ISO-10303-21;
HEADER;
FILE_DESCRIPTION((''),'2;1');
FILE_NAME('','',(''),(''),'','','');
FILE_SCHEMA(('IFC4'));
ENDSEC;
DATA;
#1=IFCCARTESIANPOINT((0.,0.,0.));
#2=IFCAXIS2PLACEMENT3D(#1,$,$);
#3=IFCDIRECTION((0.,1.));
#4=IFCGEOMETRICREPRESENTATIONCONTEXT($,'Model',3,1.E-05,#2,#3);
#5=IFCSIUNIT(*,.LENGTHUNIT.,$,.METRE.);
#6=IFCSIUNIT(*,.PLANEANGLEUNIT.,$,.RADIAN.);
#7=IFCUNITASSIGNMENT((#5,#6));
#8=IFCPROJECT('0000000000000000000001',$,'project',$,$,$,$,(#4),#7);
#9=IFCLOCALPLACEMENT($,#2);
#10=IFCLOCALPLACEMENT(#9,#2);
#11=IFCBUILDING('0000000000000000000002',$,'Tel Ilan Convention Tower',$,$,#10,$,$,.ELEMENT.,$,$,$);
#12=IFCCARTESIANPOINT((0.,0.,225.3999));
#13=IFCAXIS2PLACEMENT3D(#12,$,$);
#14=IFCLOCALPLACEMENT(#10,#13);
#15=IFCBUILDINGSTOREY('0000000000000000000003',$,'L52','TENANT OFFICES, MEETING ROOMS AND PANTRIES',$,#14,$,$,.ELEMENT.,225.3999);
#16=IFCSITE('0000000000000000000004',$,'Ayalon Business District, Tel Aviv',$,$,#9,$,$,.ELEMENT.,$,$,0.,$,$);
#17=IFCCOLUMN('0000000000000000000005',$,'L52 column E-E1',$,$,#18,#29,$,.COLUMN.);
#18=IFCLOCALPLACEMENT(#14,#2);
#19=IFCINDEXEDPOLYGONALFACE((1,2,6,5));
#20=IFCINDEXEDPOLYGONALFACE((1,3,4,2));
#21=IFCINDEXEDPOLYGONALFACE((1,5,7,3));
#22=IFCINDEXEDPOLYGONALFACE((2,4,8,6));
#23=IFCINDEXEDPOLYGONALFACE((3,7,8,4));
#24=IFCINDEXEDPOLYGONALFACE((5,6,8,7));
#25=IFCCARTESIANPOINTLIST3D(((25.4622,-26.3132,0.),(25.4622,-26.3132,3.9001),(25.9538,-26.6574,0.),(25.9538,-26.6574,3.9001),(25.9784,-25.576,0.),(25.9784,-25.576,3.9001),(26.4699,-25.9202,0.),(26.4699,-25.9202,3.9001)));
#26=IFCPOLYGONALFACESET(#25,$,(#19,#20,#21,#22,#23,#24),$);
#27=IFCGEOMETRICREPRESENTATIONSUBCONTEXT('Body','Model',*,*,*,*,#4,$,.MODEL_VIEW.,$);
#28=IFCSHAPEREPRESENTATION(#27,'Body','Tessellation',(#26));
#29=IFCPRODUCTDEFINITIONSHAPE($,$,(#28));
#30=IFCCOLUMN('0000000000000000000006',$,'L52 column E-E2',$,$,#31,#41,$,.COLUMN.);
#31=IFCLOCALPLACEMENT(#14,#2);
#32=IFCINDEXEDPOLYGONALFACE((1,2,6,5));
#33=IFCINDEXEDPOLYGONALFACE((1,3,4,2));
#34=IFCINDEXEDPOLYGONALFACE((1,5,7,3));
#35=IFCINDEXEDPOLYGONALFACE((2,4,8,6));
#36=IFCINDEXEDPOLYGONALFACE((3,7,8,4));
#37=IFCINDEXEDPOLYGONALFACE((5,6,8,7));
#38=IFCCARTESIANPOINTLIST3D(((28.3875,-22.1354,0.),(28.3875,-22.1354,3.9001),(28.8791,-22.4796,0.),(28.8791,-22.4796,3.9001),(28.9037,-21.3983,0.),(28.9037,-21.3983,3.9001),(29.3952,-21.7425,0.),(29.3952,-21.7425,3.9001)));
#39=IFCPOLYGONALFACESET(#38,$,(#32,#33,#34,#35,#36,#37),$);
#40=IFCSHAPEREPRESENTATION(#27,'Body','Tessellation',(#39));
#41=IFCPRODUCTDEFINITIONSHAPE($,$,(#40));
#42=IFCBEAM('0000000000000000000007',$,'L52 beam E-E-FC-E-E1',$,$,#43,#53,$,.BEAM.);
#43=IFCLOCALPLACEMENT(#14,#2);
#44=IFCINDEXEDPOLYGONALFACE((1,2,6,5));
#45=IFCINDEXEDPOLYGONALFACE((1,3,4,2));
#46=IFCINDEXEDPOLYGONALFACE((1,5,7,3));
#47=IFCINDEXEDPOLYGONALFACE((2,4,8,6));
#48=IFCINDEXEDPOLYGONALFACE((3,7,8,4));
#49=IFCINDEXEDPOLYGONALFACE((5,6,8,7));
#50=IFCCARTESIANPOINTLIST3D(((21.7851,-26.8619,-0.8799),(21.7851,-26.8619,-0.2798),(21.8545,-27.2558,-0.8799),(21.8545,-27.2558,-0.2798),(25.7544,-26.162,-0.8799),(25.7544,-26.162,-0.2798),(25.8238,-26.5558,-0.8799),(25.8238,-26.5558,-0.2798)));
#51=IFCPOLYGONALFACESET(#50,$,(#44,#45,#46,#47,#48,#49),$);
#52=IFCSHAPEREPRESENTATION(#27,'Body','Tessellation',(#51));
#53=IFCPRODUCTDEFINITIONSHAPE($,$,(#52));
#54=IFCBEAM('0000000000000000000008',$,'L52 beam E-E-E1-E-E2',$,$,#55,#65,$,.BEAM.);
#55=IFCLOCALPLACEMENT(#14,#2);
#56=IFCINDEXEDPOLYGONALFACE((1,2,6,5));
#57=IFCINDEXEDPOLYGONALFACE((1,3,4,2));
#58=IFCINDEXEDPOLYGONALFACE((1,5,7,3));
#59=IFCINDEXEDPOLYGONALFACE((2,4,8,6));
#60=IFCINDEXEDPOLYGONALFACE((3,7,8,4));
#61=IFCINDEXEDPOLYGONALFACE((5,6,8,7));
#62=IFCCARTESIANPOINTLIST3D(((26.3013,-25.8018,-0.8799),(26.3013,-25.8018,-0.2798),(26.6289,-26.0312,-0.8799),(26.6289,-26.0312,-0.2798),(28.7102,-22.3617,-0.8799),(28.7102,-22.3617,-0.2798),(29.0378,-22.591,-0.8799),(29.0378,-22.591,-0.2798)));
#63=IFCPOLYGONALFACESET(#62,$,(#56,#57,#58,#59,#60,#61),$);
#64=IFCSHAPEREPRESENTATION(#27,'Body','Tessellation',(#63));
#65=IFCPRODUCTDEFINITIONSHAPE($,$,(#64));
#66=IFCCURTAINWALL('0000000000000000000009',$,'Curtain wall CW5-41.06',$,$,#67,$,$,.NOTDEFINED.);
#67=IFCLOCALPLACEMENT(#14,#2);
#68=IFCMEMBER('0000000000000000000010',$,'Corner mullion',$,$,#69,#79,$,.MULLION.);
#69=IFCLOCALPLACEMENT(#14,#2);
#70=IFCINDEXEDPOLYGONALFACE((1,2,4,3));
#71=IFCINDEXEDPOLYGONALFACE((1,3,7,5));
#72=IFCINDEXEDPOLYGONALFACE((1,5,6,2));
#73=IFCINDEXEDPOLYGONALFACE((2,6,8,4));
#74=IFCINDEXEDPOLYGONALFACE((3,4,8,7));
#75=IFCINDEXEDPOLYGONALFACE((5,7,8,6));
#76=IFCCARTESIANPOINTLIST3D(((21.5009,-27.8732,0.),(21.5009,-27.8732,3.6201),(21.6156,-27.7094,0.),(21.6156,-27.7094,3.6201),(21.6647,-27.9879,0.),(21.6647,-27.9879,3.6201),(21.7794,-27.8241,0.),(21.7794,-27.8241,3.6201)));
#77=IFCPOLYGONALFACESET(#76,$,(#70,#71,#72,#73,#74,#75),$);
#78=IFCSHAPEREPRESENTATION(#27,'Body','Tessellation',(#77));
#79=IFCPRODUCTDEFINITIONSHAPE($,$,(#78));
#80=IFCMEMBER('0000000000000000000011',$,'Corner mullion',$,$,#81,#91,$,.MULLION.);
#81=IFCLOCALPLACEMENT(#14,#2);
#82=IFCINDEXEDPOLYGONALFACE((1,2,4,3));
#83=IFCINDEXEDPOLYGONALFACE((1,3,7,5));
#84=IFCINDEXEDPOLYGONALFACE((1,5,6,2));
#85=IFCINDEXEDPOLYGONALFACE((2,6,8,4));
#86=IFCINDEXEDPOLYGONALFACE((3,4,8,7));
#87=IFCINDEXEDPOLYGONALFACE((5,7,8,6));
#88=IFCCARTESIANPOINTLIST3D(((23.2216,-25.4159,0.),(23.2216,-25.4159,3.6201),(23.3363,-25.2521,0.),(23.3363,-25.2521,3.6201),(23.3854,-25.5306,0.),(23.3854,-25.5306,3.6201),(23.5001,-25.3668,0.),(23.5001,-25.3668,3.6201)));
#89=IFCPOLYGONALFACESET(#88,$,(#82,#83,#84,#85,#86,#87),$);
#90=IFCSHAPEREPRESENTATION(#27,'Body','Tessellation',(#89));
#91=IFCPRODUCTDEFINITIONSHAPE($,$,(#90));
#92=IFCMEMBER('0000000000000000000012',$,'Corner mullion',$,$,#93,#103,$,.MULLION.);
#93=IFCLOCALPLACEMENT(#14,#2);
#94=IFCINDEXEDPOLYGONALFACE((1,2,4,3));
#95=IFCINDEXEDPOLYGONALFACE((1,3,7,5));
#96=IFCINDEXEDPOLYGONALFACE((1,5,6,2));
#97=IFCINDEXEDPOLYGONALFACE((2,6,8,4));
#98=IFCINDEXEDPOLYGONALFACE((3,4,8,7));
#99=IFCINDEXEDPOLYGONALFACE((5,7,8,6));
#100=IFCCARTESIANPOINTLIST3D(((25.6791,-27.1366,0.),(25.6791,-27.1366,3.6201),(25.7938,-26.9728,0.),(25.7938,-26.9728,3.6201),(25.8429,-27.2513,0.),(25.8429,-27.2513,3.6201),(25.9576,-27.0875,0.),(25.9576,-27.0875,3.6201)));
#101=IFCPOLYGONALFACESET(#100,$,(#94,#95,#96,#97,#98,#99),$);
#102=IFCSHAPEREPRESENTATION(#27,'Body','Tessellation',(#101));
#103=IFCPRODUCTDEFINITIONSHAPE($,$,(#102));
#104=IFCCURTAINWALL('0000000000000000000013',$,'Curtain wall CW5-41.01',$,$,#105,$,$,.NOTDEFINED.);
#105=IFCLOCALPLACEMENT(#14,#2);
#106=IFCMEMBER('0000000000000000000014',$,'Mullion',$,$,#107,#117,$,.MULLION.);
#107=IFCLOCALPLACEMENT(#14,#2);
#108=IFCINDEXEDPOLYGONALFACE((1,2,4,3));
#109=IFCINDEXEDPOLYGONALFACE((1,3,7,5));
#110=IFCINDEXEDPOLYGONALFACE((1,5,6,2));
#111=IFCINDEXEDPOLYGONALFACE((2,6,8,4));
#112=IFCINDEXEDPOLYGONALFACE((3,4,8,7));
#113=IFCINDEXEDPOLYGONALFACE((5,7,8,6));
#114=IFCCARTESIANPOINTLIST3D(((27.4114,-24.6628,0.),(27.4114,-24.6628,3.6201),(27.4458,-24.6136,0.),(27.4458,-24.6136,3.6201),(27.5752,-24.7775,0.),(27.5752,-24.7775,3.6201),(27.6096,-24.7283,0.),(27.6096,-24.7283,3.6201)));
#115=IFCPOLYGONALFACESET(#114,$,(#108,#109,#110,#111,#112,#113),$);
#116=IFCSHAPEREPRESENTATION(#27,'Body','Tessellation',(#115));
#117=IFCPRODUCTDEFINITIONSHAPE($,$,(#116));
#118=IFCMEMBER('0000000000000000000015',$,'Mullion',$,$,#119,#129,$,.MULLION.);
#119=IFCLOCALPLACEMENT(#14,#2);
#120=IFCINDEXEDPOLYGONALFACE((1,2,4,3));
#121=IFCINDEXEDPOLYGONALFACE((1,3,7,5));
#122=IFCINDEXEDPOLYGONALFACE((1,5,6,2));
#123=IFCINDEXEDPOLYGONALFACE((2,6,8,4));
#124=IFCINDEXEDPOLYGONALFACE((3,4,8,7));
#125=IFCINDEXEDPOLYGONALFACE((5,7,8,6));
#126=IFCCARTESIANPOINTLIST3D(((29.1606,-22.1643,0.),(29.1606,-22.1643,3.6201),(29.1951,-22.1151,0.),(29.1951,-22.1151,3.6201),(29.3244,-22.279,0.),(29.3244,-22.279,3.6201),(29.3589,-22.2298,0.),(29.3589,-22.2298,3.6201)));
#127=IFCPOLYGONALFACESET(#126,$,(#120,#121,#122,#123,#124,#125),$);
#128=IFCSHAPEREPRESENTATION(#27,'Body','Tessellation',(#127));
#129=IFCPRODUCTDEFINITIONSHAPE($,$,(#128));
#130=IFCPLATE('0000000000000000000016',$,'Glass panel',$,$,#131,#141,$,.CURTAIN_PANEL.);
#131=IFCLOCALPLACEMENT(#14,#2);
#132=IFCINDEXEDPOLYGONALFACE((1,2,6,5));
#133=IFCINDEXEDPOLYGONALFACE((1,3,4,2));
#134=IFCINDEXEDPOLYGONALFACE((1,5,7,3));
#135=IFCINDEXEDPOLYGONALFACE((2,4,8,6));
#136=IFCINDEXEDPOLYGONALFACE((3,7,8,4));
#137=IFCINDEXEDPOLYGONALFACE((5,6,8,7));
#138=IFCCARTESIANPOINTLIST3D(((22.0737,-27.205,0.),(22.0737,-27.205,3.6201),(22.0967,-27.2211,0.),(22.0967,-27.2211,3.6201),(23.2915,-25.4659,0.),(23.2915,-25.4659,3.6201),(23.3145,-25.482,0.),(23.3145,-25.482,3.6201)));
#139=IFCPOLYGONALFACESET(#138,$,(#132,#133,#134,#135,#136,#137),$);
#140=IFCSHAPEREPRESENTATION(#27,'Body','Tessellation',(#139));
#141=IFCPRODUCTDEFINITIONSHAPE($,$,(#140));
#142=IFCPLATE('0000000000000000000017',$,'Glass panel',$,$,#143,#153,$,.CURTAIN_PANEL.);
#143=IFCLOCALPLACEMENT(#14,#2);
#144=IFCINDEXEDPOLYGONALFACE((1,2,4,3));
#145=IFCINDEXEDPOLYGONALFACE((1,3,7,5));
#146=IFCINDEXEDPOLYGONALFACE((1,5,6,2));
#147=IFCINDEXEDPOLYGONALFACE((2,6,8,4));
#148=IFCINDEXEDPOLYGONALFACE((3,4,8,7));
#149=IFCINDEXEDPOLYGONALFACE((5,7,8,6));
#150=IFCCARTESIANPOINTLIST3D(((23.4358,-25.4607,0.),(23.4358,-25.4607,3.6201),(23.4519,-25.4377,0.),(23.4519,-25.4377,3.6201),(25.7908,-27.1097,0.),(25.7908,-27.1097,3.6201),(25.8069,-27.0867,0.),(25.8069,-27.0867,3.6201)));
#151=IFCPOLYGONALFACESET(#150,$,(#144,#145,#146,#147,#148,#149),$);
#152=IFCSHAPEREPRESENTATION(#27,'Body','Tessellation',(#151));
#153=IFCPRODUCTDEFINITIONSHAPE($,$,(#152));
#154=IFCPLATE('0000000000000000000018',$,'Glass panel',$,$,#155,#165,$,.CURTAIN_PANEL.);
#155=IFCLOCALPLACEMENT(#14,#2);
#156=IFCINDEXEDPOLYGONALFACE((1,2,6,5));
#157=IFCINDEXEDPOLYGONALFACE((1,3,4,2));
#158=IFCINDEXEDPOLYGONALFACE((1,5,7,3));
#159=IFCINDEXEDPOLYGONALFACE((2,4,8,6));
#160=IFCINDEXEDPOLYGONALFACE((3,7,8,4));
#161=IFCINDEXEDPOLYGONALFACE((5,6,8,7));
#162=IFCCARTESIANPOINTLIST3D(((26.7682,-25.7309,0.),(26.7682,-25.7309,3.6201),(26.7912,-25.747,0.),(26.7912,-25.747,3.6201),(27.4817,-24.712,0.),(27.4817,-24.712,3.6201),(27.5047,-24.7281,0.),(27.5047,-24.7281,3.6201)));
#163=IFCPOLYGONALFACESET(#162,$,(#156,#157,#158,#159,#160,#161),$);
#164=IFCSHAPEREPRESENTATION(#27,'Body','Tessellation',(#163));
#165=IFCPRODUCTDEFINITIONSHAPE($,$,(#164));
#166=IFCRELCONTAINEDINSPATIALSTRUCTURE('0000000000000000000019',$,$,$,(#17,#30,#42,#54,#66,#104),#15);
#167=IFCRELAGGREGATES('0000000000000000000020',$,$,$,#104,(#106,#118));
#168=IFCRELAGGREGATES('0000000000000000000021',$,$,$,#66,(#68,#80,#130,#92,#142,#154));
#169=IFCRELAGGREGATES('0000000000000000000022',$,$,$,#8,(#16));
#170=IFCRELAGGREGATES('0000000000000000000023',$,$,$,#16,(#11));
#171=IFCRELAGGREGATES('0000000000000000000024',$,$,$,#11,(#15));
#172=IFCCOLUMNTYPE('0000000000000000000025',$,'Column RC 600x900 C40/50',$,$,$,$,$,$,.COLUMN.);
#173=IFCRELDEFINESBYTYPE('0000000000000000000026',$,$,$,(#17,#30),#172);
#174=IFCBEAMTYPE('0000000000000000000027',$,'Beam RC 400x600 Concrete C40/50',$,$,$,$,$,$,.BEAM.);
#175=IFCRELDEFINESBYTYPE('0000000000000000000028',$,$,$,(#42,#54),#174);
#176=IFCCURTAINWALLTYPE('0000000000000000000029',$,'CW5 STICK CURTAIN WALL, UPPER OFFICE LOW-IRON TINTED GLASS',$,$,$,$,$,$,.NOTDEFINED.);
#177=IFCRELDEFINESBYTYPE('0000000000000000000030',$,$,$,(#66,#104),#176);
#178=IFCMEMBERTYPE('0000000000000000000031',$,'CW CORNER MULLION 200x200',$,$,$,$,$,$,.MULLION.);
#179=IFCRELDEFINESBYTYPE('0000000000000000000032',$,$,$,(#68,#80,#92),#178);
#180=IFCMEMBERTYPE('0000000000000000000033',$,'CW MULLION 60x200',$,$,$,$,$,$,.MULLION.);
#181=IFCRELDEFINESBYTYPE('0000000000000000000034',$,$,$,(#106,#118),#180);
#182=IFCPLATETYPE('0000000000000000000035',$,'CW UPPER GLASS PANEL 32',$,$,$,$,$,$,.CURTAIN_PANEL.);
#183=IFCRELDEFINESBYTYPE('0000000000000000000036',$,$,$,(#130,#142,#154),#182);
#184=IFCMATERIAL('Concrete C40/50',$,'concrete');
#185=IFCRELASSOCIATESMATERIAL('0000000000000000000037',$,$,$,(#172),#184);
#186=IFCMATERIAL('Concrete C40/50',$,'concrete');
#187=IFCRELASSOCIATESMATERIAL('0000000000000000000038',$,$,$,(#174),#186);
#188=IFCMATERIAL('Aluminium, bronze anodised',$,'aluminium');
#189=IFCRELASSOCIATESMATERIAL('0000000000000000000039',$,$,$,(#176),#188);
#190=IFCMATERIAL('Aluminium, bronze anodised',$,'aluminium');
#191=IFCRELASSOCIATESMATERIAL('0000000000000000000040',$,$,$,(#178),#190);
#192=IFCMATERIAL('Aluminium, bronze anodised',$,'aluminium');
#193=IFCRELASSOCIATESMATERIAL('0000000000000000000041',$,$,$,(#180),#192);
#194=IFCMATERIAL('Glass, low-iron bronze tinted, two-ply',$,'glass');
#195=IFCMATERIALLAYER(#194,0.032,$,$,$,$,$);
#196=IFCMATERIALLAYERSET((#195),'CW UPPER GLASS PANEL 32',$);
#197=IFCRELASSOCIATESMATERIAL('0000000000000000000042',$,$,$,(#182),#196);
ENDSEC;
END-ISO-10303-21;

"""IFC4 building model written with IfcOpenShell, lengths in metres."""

from ifc_helpers import new_model, si_unit, direction, frame, origin, origin_2d, place, context, subcontext, project, spatial, rectangle, extrude, material, layer, layer_set, material_profile, profile_set, type_object, element, aggregate, save


model = new_model("IFC4")

# Units and contexts
model_context = context("Model", 3, precision=1e-05, world=origin(), true_north=direction((0.0, 1.0)))
body_context = subcontext(model_context, "Body", "Model", "MODEL_VIEW")
ifc_project = project(units=[si_unit("LENGTHUNIT", "METRE"), si_unit("PLANEANGLEUNIT", "RADIAN")], contexts=[model_context])

# Site, building, storey
site_placement = place(None, origin())
site = spatial("IfcSite", under=ifc_project, at=site_placement, Name="Ayalon Business District, Tel Aviv", CompositionType="ELEMENT", RefElevation=0.0)
building_placement = place(site_placement, origin())
building = spatial("IfcBuilding", under=site, at=building_placement, Name="Tel Ilan Convention Tower", CompositionType="ELEMENT")
storey_placement = place(building_placement, frame((0.0, 0.0, 225.3999)))
storey = spatial("IfcBuildingStorey", under=building, at=storey_placement, Name="L52", Description="TENANT OFFICES, MEETING ROOMS AND PANTRIES", CompositionType="ELEMENT", Elevation=225.3999)

# Columns
ifc_material_1 = material(Name="Concrete C40/50", Category="concrete")
ifc_material_profile_1 = material_profile(ifc_material_1, rectangle(XDim=0.8999, YDim=0.6001, at=origin_2d()), Name="RC 600x900")
ifc_profile_set_1 = profile_set([ifc_material_profile_1], Name="Concrete C40/50")
column_type = type_object("IfcColumnType", Name="Column RC 600x900 C40/50", PredefinedType="COLUMN", material=ifc_profile_set_1)
for number, where, z_axis, x_axis, name in (
    (1, (25.9661, -26.1167, 0.0), (0.0, 0.0, 1.0), (0.573576, 0.819152, 0.0), "L52 column E-E1"),
    (2, (28.8914, -21.939, 0.0), (0.0, 0.0, 1.0), (0.573576, 0.819152, 0.0), "L52 column E-E2"),
):
    element("IfcColumn", number, at=place(storey_placement, frame(where, z_axis=z_axis, x_axis=x_axis)), inside=storey, type_object=column_type, Name=name, PredefinedType="COLUMN", context=body_context, shape_type="SweptSolid", body=[
        extrude(rectangle(XDim=0.8999, YDim=0.6001, at=origin_2d()), origin(), (0.0, 0.0, 1.0), 3.9001),
    ])

# Beams
ifc_material_2 = material(Name="Concrete C40/50", Category="concrete")
ifc_material_profile_2 = material_profile(ifc_material_2, rectangle(XDim=0.3999, YDim=0.6001, at=origin_2d()), Name="RC 400x600")
ifc_profile_set_2 = profile_set([ifc_material_profile_2], Name="Concrete C40/50")
beam_type = type_object("IfcBeamType", Name="Beam RC 400x600 Concrete C40/50", PredefinedType="BEAM", material=ifc_profile_set_2)
beam_1_placement = place(storey_placement, frame((21.8198, -27.0588, -0.5798), z_axis=(0.984805, 0.173664, 0.0), x_axis=(-0.173664, 0.984805, 0.0)))
element("IfcBeam", 3, at=beam_1_placement, inside=storey, type_object=beam_type, Name="L52 beam E-E-FC-E-E1", PredefinedType="BEAM", context=body_context, shape_type="SweptSolid", body=[
    extrude(rectangle(XDim=0.3999, YDim=0.6001, at=origin_2d()), origin(), (0.0, 0.0, 1.0), 4.0305),
])
beam_2_placement = place(storey_placement, frame((26.4651, -25.9165, -0.5798), z_axis=(0.573591, 0.819142, 0.0), x_axis=(-0.819142, 0.573591, 0.0)))
element("IfcBeam", 4, at=beam_2_placement, inside=storey, type_object=beam_type, Name="L52 beam E-E-E1-E-E2", PredefinedType="BEAM", context=body_context, shape_type="SweptSolid", body=[
    extrude(rectangle(XDim=0.3999, YDim=0.6001, at=origin_2d()), origin(), (0.0, 0.0, 1.0), 4.1997),
])

# Curtain walls, members
ifc_material_3 = material(Name="Aluminium, bronze anodised", Category="aluminium")
curtain_wall_type = type_object("IfcCurtainWallType", Name="CW5 STICK CURTAIN WALL, UPPER OFFICE LOW-IRON TINTED GLASS", PredefinedType="NOTDEFINED", material=ifc_material_3)
curtain_wall_1_placement = place(storey_placement, origin())
curtain_wall_1 = element("IfcCurtainWall", 5, at=curtain_wall_1_placement, inside=storey, type_object=curtain_wall_type, Name="Curtain wall CW5-41.06", PredefinedType="NOTDEFINED")
ifc_material_4 = material(Name="Aluminium, bronze anodised", Category="aluminium")
ifc_material_profile_3 = material_profile(ifc_material_4, rectangle(XDim=0.2, YDim=0.2, at=origin_2d()), Name="CW CORNER MULLION 200x200")
ifc_profile_set_3 = profile_set([ifc_material_profile_3], Name="Aluminium, bronze anodised")
member_type_1 = type_object("IfcMemberType", Name="CW CORNER MULLION 200x200", PredefinedType="MULLION", material=ifc_profile_set_3)
member_1_placement = place(storey_placement, frame((21.6401, -27.8486, 0.0), z_axis=(0.0, 0.0, 1.0), x_axis=(0.819152, -0.573576, 0.0)))
member_1 = element("IfcMember", 6, at=member_1_placement, type_object=member_type_1, Name="Corner mullion", PredefinedType="MULLION", context=body_context, shape_type="SweptSolid", body=[
    extrude(rectangle(XDim=0.2, YDim=0.2, at=origin_2d()), origin(), (0.0, 0.0, 1.0), 3.6201),
])
member_2_placement = place(storey_placement, frame((23.3608, -25.3914, 0.0), z_axis=(0.0, 0.0, 1.0), x_axis=(0.573576, 0.819152, 0.0)))
member_2 = element("IfcMember", 7, at=member_2_placement, type_object=member_type_1, Name="Corner mullion", PredefinedType="MULLION", context=body_context, shape_type="SweptSolid", body=[
    extrude(rectangle(XDim=0.2, YDim=0.2, at=origin_2d()), origin(), (0.0, 0.0, 1.0), 3.6201),
])
member_3_placement = place(storey_placement, frame((25.8184, -27.1121, 0.0), z_axis=(0.0, 0.0, 1.0), x_axis=(0.819152, -0.573576, 0.0)))
member_3 = element("IfcMember", 8, at=member_3_placement, type_object=member_type_1, Name="Corner mullion", PredefinedType="MULLION", context=body_context, shape_type="SweptSolid", body=[
    extrude(rectangle(XDim=0.2, YDim=0.2, at=origin_2d()), origin(), (0.0, 0.0, 1.0), 3.6201),
])
curtain_wall_2_placement = place(storey_placement, origin())
curtain_wall_2 = element("IfcCurtainWall", 9, at=curtain_wall_2_placement, inside=storey, type_object=curtain_wall_type, Name="Curtain wall CW5-41.01", PredefinedType="NOTDEFINED")
ifc_material_5 = material(Name="Aluminium, bronze anodised", Category="aluminium")
ifc_material_profile_4 = material_profile(ifc_material_5, rectangle(XDim=0.0601, YDim=0.2, at=origin_2d()), Name="CW MULLION 60x200")
ifc_profile_set_4 = profile_set([ifc_material_profile_4], Name="Aluminium, bronze anodised")
member_type_2 = type_object("IfcMemberType", Name="CW MULLION 60x200", PredefinedType="MULLION", material=ifc_profile_set_4)
member_4_placement = place(storey_placement, frame((27.5105, -24.6956, 0.0), z_axis=(0.0, 0.0, 1.0), x_axis=(0.573576, 0.819152, 0.0)))
member_4 = element("IfcMember", 10, at=member_4_placement, type_object=member_type_2, Name="Mullion", PredefinedType="MULLION", context=body_context, shape_type="SweptSolid", body=[
    extrude(rectangle(XDim=0.0601, YDim=0.2, at=origin_2d()), origin(), (0.0, 0.0, 1.0), 3.6201),
])
member_5_placement = place(storey_placement, frame((29.2598, -22.197, 0.0), z_axis=(0.0, 0.0, 1.0), x_axis=(0.573576, 0.819152, 0.0)))
member_5 = element("IfcMember", 11, at=member_5_placement, type_object=member_type_2, Name="Mullion", PredefinedType="MULLION", context=body_context, shape_type="SweptSolid", body=[
    extrude(rectangle(XDim=0.0601, YDim=0.2, at=origin_2d()), origin(), (0.0, 0.0, 1.0), 3.6201),
])
aggregate(curtain_wall_2, [member_4, member_5])

# Plates
ifc_material_6 = material(Name="Glass, low-iron bronze tinted, two-ply", Category="glass")
ifc_layer_1 = layer(ifc_material_6, 0.032)
ifc_layer_set_1 = layer_set([ifc_layer_1], Name="CW UPPER GLASS PANEL 32")
plate_type = type_object("IfcPlateType", Name="CW UPPER GLASS PANEL 32", PredefinedType="CURTAIN_PANEL", material=ifc_layer_set_1)
plate_1_placement = place(storey_placement, frame((22.6941, -26.3435, 0.0), z_axis=(0.0, 0.0, 1.0), x_axis=(0.573576, 0.819152, 0.0)))
plate_1 = element("IfcPlate", 12, at=plate_1_placement, type_object=plate_type, Name="Glass panel", PredefinedType="CURTAIN_PANEL", context=body_context, shape_type="SweptSolid", body=[
    extrude(rectangle(XDim=2.123, YDim=0.0281, at=origin_2d()), origin(), (0.0, 0.0, 1.0), 3.6201),
])
plate_2_placement = place(storey_placement, frame((24.6213, -26.2737, 0.0), z_axis=(0.0, 0.0, 1.0), x_axis=(0.819152, -0.573576, 0.0)))
plate_2 = element("IfcPlate", 13, at=plate_2_placement, type_object=plate_type, Name="Glass panel", PredefinedType="CURTAIN_PANEL", context=body_context, shape_type="SweptSolid", body=[
    extrude(rectangle(XDim=2.875, YDim=0.0281, at=origin_2d()), origin(), (0.0, 0.0, 1.0), 3.6201),
])
plate_3_placement = place(storey_placement, frame((27.1365, -25.2295, 0.0), z_axis=(0.0, 0.0, 1.0), x_axis=(0.573576, 0.819152, 0.0)))
plate_3 = element("IfcPlate", 14, at=plate_3_placement, type_object=plate_type, Name="Glass panel", PredefinedType="CURTAIN_PANEL", context=body_context, shape_type="SweptSolid", body=[
    extrude(rectangle(XDim=1.2439, YDim=0.0281, at=origin_2d()), origin(), (0.0, 0.0, 1.0), 3.6201),
])
aggregate(curtain_wall_1, [member_1, member_2, plate_1, member_3, plate_2, plate_3])

save(model, "model.ifc")
